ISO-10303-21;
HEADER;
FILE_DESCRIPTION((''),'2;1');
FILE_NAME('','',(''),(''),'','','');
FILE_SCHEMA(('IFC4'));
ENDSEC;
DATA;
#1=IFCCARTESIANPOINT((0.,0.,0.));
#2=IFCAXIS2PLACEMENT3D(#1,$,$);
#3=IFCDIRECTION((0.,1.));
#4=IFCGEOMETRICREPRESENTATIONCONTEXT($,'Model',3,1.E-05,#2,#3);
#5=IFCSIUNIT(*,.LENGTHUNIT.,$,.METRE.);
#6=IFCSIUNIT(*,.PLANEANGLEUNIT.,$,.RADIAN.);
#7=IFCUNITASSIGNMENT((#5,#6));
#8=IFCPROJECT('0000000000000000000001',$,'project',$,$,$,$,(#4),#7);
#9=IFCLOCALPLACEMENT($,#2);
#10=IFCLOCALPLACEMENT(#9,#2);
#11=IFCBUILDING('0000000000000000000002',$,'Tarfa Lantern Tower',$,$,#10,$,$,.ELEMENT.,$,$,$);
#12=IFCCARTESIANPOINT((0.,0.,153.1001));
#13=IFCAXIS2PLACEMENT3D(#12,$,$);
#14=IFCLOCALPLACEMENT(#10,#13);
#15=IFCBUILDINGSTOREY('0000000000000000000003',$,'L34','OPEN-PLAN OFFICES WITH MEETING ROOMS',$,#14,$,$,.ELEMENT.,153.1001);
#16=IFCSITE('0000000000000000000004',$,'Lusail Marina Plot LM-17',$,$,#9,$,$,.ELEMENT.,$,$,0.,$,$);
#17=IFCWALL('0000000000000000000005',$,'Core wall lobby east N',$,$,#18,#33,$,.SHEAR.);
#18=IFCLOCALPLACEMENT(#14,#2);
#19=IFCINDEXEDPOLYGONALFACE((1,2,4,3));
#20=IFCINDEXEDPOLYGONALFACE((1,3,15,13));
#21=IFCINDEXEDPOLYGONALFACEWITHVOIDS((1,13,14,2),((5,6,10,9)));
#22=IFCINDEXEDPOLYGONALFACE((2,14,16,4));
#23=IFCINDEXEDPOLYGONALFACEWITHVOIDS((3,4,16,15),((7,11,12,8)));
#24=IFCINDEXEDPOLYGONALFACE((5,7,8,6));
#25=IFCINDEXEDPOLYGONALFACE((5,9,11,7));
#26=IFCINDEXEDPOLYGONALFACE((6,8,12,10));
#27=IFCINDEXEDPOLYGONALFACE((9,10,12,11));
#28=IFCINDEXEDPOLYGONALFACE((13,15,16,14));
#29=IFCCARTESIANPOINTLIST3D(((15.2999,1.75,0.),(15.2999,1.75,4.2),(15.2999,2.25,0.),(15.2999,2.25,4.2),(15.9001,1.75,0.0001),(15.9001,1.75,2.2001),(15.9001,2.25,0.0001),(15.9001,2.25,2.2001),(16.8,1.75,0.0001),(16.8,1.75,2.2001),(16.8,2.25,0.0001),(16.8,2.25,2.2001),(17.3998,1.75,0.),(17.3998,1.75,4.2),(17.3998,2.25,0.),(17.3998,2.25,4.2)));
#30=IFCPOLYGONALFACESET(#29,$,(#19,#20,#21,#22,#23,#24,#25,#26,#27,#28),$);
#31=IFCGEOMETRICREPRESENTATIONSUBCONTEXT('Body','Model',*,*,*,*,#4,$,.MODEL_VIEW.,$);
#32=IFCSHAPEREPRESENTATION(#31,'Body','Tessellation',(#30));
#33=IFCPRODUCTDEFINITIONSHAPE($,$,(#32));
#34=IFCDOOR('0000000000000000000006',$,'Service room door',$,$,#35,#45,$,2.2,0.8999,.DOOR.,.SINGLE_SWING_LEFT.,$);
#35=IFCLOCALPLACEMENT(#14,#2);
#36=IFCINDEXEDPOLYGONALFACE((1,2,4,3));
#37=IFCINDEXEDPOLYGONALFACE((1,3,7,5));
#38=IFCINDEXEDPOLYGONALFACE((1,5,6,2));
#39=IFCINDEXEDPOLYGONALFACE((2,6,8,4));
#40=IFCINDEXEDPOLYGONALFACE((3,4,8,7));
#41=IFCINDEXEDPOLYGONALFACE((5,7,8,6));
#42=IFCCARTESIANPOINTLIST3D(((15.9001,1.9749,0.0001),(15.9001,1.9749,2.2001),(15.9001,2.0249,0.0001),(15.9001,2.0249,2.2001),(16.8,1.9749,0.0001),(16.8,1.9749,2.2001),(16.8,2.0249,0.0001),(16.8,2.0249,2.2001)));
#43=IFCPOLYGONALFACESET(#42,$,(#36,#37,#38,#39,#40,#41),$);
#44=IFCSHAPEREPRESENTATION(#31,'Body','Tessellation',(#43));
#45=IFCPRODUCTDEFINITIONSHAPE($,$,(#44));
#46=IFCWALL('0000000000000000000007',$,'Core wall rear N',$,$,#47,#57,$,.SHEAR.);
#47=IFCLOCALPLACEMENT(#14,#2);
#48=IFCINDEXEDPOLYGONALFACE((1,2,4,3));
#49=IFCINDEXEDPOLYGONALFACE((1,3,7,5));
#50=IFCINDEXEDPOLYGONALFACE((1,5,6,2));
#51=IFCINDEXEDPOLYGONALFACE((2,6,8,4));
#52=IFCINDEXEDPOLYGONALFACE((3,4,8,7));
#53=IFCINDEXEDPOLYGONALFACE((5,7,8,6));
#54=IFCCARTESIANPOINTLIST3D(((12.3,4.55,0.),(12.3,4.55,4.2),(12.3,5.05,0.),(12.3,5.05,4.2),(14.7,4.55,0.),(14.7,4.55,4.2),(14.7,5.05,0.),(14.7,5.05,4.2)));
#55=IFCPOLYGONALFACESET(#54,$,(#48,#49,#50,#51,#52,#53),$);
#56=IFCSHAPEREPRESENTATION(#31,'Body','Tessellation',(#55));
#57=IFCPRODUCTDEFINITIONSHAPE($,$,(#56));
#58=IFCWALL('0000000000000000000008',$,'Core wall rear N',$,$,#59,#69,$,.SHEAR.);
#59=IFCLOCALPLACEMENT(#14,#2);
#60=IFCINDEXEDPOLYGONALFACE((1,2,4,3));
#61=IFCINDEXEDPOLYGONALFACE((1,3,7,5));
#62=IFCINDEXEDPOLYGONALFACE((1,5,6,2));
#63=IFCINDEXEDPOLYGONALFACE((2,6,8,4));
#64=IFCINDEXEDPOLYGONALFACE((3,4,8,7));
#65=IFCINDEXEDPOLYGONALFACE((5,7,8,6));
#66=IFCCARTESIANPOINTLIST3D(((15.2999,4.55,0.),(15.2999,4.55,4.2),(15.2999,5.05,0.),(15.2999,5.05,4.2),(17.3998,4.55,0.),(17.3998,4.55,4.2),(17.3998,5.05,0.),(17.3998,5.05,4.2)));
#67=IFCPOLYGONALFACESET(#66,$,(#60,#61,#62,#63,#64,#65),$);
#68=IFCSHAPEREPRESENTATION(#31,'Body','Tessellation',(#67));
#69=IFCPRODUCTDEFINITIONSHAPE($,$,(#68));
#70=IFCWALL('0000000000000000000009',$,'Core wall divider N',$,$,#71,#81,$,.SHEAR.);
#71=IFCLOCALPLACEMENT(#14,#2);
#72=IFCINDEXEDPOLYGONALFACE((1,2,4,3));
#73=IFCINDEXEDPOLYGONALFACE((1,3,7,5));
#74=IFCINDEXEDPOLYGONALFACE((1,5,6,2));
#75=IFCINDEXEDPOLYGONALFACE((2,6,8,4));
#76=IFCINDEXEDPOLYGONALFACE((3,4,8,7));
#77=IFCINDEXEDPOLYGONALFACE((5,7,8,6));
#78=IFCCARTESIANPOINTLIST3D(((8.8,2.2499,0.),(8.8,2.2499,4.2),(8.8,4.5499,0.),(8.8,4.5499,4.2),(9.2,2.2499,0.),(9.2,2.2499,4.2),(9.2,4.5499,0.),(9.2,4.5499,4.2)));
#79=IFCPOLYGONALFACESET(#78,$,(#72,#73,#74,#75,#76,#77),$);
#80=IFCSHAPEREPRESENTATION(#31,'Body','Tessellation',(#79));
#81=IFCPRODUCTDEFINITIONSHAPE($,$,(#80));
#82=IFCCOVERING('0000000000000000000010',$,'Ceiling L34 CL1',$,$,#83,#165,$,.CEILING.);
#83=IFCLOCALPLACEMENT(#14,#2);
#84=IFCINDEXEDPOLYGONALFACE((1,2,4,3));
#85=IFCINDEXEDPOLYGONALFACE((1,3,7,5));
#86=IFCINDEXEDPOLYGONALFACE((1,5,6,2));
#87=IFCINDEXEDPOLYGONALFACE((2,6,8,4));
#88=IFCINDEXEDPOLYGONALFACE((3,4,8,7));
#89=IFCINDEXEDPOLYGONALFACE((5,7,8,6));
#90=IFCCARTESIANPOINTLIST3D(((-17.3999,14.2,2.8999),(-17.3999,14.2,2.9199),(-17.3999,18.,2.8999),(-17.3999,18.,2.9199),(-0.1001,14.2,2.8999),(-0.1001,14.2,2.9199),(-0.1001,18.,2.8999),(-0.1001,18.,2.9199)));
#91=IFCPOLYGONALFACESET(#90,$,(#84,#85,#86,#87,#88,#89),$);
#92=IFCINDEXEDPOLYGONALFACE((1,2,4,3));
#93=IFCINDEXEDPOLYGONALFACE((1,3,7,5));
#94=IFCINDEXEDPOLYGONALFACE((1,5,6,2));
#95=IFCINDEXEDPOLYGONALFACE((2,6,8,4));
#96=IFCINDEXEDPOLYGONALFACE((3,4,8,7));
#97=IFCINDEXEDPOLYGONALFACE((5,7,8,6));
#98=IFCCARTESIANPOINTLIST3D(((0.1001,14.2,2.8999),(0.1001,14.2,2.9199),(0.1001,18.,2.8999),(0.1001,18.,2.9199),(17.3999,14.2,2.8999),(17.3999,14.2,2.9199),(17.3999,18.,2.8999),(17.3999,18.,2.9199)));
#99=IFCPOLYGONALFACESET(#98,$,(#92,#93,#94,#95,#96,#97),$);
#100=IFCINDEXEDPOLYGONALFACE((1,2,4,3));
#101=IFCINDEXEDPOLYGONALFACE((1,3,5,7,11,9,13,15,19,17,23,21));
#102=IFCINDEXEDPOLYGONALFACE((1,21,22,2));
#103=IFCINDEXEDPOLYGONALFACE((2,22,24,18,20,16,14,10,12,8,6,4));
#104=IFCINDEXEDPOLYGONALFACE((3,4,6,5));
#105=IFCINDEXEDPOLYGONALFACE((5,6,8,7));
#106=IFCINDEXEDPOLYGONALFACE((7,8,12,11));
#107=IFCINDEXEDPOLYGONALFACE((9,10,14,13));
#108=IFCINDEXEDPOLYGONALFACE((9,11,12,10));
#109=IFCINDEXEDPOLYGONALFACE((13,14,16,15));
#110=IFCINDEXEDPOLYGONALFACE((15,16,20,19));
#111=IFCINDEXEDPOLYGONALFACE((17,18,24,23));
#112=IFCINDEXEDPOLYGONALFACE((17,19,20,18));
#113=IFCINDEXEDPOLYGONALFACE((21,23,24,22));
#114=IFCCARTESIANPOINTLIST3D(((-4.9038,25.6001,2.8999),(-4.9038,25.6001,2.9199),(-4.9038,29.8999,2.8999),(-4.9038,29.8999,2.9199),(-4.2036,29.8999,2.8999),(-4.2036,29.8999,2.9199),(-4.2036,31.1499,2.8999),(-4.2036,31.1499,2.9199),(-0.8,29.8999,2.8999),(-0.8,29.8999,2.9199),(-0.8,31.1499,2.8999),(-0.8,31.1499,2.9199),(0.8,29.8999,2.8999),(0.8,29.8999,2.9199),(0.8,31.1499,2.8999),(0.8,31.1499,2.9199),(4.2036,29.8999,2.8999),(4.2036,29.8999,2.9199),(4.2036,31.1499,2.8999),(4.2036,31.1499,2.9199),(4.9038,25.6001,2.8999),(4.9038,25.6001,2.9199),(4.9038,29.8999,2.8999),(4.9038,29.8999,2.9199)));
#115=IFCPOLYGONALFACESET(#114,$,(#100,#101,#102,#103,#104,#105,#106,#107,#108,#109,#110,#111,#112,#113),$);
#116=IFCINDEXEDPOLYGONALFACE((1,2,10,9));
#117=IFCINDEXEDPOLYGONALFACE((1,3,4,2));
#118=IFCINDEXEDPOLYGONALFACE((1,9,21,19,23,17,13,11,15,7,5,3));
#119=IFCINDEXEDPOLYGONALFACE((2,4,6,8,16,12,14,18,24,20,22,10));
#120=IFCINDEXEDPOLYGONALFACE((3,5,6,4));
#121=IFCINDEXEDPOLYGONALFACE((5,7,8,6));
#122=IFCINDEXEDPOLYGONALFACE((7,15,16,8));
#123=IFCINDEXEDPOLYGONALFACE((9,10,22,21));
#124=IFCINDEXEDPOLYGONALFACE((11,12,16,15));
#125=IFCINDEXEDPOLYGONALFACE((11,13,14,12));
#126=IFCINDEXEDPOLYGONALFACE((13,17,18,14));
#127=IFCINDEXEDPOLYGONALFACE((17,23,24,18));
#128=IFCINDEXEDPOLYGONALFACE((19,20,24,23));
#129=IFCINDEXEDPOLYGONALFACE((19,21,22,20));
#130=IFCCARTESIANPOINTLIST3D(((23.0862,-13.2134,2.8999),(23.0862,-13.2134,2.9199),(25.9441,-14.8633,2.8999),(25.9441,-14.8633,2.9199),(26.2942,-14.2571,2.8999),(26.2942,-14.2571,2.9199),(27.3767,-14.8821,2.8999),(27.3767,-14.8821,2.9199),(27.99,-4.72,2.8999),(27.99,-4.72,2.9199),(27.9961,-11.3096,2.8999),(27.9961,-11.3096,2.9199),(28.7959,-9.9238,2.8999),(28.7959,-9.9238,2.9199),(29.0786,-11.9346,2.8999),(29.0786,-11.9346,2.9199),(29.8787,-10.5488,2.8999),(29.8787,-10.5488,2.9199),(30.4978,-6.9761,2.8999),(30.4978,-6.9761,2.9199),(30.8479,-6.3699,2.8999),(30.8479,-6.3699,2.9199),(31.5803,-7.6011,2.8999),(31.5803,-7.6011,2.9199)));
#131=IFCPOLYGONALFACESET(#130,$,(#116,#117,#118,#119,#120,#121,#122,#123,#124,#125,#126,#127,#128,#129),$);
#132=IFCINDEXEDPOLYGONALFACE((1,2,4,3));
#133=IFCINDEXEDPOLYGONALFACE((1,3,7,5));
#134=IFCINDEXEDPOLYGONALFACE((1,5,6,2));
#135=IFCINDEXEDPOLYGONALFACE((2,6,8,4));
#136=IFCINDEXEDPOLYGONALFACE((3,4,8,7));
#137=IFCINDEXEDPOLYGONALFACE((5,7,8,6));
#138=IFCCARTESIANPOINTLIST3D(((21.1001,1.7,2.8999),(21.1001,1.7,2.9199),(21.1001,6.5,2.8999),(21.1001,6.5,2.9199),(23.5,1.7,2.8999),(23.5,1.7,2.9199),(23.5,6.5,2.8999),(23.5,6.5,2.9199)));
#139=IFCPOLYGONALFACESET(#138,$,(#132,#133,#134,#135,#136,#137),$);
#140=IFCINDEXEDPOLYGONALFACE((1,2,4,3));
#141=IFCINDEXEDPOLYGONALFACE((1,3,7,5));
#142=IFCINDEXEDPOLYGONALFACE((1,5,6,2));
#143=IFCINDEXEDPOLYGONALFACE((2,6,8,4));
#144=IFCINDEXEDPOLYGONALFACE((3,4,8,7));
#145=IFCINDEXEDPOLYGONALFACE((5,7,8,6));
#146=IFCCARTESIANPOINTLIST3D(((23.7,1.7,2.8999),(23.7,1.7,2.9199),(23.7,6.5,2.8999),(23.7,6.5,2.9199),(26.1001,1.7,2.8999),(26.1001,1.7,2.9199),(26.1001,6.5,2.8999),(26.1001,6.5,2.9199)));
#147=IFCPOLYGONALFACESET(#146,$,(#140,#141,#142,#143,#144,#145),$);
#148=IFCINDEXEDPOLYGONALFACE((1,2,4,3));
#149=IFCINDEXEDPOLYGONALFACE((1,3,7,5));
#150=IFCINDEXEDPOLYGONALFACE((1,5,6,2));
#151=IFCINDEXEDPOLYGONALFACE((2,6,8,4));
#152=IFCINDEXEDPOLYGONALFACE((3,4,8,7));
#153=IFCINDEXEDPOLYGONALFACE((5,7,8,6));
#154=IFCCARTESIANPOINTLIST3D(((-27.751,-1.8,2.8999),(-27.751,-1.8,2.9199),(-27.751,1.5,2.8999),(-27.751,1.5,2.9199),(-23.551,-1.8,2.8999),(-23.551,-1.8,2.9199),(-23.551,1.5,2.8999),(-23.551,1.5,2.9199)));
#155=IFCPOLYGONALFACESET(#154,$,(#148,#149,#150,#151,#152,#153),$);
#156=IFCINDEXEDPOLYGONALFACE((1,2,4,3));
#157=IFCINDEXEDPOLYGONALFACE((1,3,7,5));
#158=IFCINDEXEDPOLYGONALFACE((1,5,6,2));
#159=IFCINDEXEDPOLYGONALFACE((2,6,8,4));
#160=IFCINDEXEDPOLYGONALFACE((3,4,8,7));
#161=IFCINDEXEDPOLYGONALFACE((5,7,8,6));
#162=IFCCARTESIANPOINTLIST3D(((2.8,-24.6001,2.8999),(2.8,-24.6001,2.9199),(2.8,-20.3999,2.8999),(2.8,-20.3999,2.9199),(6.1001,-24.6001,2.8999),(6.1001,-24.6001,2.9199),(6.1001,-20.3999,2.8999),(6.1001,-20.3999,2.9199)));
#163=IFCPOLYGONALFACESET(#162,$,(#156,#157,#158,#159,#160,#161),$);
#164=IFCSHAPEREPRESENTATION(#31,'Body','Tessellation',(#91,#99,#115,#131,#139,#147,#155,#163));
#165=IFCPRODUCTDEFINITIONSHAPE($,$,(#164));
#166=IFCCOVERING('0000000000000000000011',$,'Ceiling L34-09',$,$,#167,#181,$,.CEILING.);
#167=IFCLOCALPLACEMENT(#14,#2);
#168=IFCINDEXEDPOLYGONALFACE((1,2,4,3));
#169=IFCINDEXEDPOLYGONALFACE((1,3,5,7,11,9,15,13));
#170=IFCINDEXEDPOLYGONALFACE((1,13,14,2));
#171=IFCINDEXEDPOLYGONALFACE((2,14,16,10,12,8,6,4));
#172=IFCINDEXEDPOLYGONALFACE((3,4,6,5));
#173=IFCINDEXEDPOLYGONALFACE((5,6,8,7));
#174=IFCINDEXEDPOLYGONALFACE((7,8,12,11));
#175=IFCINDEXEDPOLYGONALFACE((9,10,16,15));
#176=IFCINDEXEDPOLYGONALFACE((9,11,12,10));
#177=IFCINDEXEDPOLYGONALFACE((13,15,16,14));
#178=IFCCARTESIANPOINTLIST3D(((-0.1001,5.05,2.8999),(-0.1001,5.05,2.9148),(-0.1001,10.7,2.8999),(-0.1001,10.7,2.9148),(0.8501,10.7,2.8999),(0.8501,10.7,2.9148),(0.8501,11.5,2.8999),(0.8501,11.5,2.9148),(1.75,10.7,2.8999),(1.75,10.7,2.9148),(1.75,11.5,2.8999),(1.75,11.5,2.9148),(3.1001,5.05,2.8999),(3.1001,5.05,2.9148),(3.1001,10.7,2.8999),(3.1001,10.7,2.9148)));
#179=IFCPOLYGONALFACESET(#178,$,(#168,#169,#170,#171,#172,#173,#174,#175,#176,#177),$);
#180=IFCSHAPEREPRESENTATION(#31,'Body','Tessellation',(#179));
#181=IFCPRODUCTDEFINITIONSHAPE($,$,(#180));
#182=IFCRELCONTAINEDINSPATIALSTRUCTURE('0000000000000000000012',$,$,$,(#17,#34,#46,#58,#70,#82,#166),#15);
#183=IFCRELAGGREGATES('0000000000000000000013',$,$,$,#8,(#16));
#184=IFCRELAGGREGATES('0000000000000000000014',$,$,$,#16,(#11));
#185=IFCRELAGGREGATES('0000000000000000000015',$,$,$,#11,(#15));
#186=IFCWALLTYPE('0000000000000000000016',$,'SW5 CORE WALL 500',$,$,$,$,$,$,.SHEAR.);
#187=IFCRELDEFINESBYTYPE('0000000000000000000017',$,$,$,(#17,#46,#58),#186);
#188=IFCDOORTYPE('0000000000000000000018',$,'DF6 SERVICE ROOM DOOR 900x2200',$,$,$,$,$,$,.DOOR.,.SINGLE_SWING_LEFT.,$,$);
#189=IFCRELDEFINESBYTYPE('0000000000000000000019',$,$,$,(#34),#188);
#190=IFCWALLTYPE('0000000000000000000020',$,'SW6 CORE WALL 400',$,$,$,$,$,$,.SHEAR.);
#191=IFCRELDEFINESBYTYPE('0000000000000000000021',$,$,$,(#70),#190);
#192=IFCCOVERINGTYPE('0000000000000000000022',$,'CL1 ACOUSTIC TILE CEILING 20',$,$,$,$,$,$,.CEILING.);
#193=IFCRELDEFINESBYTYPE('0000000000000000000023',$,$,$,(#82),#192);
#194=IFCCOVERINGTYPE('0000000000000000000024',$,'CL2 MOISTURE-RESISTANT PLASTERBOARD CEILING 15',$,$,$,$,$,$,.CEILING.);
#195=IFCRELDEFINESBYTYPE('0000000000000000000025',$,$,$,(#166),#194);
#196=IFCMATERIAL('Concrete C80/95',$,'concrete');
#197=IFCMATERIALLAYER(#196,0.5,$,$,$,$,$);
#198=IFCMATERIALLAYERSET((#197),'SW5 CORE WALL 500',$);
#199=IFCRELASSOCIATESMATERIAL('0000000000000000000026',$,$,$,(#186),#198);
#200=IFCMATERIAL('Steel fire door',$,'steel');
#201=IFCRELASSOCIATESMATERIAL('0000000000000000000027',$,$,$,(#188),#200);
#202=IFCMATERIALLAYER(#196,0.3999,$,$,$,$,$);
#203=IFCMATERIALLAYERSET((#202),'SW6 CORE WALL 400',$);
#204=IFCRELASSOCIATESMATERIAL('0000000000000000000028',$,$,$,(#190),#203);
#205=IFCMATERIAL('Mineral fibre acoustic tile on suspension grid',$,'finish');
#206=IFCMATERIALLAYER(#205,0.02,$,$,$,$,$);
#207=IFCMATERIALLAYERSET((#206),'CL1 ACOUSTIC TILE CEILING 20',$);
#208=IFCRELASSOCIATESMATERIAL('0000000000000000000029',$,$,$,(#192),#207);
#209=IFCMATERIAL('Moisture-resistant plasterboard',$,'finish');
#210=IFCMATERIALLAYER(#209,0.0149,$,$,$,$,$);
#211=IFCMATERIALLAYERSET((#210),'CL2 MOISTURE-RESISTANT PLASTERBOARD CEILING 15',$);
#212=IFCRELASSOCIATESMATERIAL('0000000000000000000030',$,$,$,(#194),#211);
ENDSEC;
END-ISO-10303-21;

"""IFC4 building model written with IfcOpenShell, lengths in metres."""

from ifc_helpers import new_model, si_unit, direction, frame, frame_2d, origin, place, context, subcontext, project, spatial, polyline, rectangle, outline, extrude, material, layer, layer_set, type_object, element, fill, save


model = new_model("IFC4")

# Units and contexts
model_context = context("Model", 3, precision=1e-05, world=origin(), true_north=direction((0.0, 1.0)))
body_context = subcontext(model_context, "Body", "Model", "MODEL_VIEW")
ifc_project = project(units=[si_unit("LENGTHUNIT", "METRE"), si_unit("PLANEANGLEUNIT", "RADIAN")], contexts=[model_context])

# Site, building, storey
site_placement = place(None, origin())
site = spatial("IfcSite", under=ifc_project, at=site_placement, Name="Lusail Marina Plot LM-17", CompositionType="ELEMENT", RefElevation=0.0)
building_placement = place(site_placement, origin())
building = spatial("IfcBuilding", under=site, at=building_placement, Name="Tarfa Lantern Tower", CompositionType="ELEMENT")
storey_placement = place(building_placement, frame((0.0, 0.0, 153.1001)))
storey = spatial("IfcBuildingStorey", under=building, at=storey_placement, Name="L34", Description="OPEN-PLAN OFFICES WITH MEETING ROOMS", CompositionType="ELEMENT", Elevation=153.1001)

# Shared definitions
ifc_material_1 = material(Name="Concrete C80/95", Category="concrete")
ifc_layer_1 = layer(ifc_material_1, 0.5)
ifc_layer_set_1 = layer_set([ifc_layer_1], Name="SW5 CORE WALL 500")
wall_type_1 = type_object("IfcWallType", Name="SW5 CORE WALL 500", PredefinedType="SHEAR", material=ifc_layer_set_1)

# Wall, opening, door
wall_1_placement = place(storey_placement, frame((15.3, 2.0, 0.0), z_axis=(0.0, 0.0, 1.0), x_axis=(1.0, 0.0, 0.0)))
wall_1 = element("IfcWall", 1, at=wall_1_placement, inside=storey, type_object=wall_type_1, Name="Core wall lobby east N", PredefinedType="SHEAR", context=body_context, shape_type="SweptSolid", body=[
    extrude(rectangle(XDim=2.0999, YDim=0.5, at=frame_2d((1.0498, 0.0))), origin(), (0.0, 0.0, 1.0), 4.2),
])
opening_1_placement = place(wall_1_placement, frame((0.6001, 0.0, 0.0)))
opening_1 = element("IfcOpeningElement", 2, at=opening_1_placement, cuts=wall_1, PredefinedType="OPENING", context=body_context, shape_type="SweptSolid", body=[
    extrude(rectangle(XDim=0.8999, YDim=2.2, at=frame_2d((0.45, 1.1001))), frame((0.0, 0.26, 0.0), z_axis=(0.0, -1.0, 0.0), x_axis=(1.0, 0.0, 0.0)), (0.0, 0.0, 1.0), 0.52),
])
ifc_material_2 = material(Name="Steel fire door", Category="steel")
door_type_1 = type_object("IfcDoorType", Name="DF6 SERVICE ROOM DOOR 900x2200", OperationType="SINGLE_SWING_LEFT", PredefinedType="DOOR", material=ifc_material_2)
door_1_placement = place(opening_1_placement, origin())
door_1 = element("IfcDoor", 3, at=door_1_placement, inside=storey, type_object=door_type_1, Name="Service room door", OperationType="SINGLE_SWING_LEFT", OverallHeight=2.2, OverallWidth=0.8999, PredefinedType="DOOR", context=body_context, shape_type="SweptSolid", body=[
    extrude(rectangle(XDim=0.8999, YDim=2.2, at=frame_2d((0.45, 1.1001))), frame((0.0, 0.0249, 0.0), z_axis=(0.0, -1.0, 0.0), x_axis=(1.0, 0.0, 0.0)), (0.0, 0.0, 1.0), 0.05),
])
fill(opening_1, door_1)

# Walls
wall_2_placement = place(storey_placement, frame((12.3, 4.8, 0.0), z_axis=(0.0, 0.0, 1.0), x_axis=(1.0, 0.0, 0.0)))
element("IfcWall", 4, at=wall_2_placement, inside=storey, type_object=wall_type_1, Name="Core wall rear N", PredefinedType="SHEAR", context=body_context, shape_type="SweptSolid", body=[
    extrude(rectangle(XDim=2.3999, YDim=0.5, at=frame_2d((1.2, 0.0))), origin(), (0.0, 0.0, 1.0), 4.2),
])
wall_3_placement = place(storey_placement, frame((15.3, 4.8, 0.0), z_axis=(0.0, 0.0, 1.0), x_axis=(1.0, 0.0, 0.0)))
element("IfcWall", 5, at=wall_3_placement, inside=storey, type_object=wall_type_1, Name="Core wall rear N", PredefinedType="SHEAR", context=body_context, shape_type="SweptSolid", body=[
    extrude(rectangle(XDim=2.0999, YDim=0.5, at=frame_2d((1.0498, 0.0))), origin(), (0.0, 0.0, 1.0), 4.2),
])
ifc_layer_2 = layer(ifc_material_1, 0.3999)
ifc_layer_set_2 = layer_set([ifc_layer_2], Name="SW6 CORE WALL 400")
wall_type_2 = type_object("IfcWallType", Name="SW6 CORE WALL 400", PredefinedType="SHEAR", material=ifc_layer_set_2)
wall_4_placement = place(storey_placement, frame((9.0, 2.25, 0.0), z_axis=(0.0, 0.0, 1.0), x_axis=(0.0, 1.0, 0.0)))
element("IfcWall", 6, at=wall_4_placement, inside=storey, type_object=wall_type_2, Name="Core wall divider N", PredefinedType="SHEAR", context=body_context, shape_type="SweptSolid", body=[
    extrude(rectangle(XDim=2.3, YDim=0.3999, at=frame_2d((1.1499, 0.0))), origin(), (0.0, 0.0, 1.0), 4.2),
])

# Coverings
ifc_material_3 = material(Name="Mineral fibre acoustic tile on suspension grid", Category="finish")
ifc_layer_3 = layer(ifc_material_3, 0.02)
ifc_layer_set_3 = layer_set([ifc_layer_3], Name="CL1 ACOUSTIC TILE CEILING 20")
covering_type_1 = type_object("IfcCoveringType", Name="CL1 ACOUSTIC TILE CEILING 20", PredefinedType="CEILING", material=ifc_layer_set_3)
covering_1_placement = place(storey_placement, frame((0.0, 0.0, 2.8999)))
element("IfcCovering", 7, at=covering_1_placement, inside=storey, type_object=covering_type_1, Name="Ceiling L34 CL1", PredefinedType="CEILING", context=body_context, shape_type="SweptSolid", body=[
    extrude(outline(polyline([(-17.3999, 18.0), (-0.1001, 18.0), (-0.1001, 14.2), (-17.3999, 14.2), (-17.3999, 18.0)])), origin(), (0.0, 0.0, 1.0), 0.02),
    extrude(outline(polyline([(0.1001, 18.0), (17.3999, 18.0), (17.3999, 14.2), (0.1001, 14.2), (0.1001, 18.0)])), origin(), (0.0, 0.0, 1.0), 0.02),
    extrude(outline(polyline([(4.9038, 25.6001), (-4.9038, 25.6001), (-4.9038, 29.8999), (-4.2036, 29.8999), (-4.2036, 31.1499), (-0.8, 31.1499), (-0.8, 29.8999), (0.8, 29.8999), (0.8, 31.1499), (4.2036, 31.1499), (4.2036, 29.8999), (4.9038, 29.8999), (4.9038, 25.6001)])), origin(), (0.0, 0.0, 1.0), 0.02),
    extrude(outline(polyline([(27.99, -4.72), (30.8479, -6.3699), (30.4978, -6.9761), (31.5803, -7.6011), (29.8787, -10.5488), (28.7959, -9.9238), (27.9961, -11.3096), (29.0786, -11.9346), (27.3767, -14.8821), (26.2942, -14.2571), (25.9441, -14.8633), (23.0862, -13.2134), (27.99, -4.72)])), origin(), (0.0, 0.0, 1.0), 0.02),
    extrude(outline(polyline([(21.1001, 6.5), (23.5, 6.5), (23.5, 1.7), (21.1001, 1.7), (21.1001, 6.5)])), origin(), (0.0, 0.0, 1.0), 0.02),
    extrude(outline(polyline([(23.7, 6.5), (26.1001, 6.5), (26.1001, 1.7), (23.7, 1.7), (23.7, 6.5)])), origin(), (0.0, 0.0, 1.0), 0.02),
    extrude(outline(polyline([(-27.751, -1.8), (-27.751, 1.5), (-23.551, 1.5), (-23.551, -1.8), (-27.751, -1.8)])), origin(), (0.0, 0.0, 1.0), 0.02),
    extrude(outline(polyline([(6.1001, -24.6001), (2.8, -24.6001), (2.8, -20.3999), (6.1001, -20.3999), (6.1001, -24.6001)])), origin(), (0.0, 0.0, 1.0), 0.02),
])
ifc_material_4 = material(Name="Moisture-resistant plasterboard", Category="finish")
ifc_layer_4 = layer(ifc_material_4, 0.0149)
ifc_layer_set_4 = layer_set([ifc_layer_4], Name="CL2 MOISTURE-RESISTANT PLASTERBOARD CEILING 15")
covering_type_2 = type_object("IfcCoveringType", Name="CL2 MOISTURE-RESISTANT PLASTERBOARD CEILING 15", PredefinedType="CEILING", material=ifc_layer_set_4)
covering_2_placement = place(storey_placement, frame((0.0, 0.0, 2.8999)))
element("IfcCovering", 8, at=covering_2_placement, inside=storey, type_object=covering_type_2, Name="Ceiling L34-09", PredefinedType="CEILING", context=body_context, shape_type="SweptSolid", body=[
    extrude(outline(polyline([(0.8501, 10.7), (-0.1001, 10.7), (-0.1001, 5.05), (3.1001, 5.05), (3.1001, 10.7), (1.75, 10.7), (1.75, 11.5), (0.8501, 11.5), (0.8501, 10.7)])), origin(), (0.0, 0.0, 1.0), 0.0149),
])

save(model, "model.ifc")
